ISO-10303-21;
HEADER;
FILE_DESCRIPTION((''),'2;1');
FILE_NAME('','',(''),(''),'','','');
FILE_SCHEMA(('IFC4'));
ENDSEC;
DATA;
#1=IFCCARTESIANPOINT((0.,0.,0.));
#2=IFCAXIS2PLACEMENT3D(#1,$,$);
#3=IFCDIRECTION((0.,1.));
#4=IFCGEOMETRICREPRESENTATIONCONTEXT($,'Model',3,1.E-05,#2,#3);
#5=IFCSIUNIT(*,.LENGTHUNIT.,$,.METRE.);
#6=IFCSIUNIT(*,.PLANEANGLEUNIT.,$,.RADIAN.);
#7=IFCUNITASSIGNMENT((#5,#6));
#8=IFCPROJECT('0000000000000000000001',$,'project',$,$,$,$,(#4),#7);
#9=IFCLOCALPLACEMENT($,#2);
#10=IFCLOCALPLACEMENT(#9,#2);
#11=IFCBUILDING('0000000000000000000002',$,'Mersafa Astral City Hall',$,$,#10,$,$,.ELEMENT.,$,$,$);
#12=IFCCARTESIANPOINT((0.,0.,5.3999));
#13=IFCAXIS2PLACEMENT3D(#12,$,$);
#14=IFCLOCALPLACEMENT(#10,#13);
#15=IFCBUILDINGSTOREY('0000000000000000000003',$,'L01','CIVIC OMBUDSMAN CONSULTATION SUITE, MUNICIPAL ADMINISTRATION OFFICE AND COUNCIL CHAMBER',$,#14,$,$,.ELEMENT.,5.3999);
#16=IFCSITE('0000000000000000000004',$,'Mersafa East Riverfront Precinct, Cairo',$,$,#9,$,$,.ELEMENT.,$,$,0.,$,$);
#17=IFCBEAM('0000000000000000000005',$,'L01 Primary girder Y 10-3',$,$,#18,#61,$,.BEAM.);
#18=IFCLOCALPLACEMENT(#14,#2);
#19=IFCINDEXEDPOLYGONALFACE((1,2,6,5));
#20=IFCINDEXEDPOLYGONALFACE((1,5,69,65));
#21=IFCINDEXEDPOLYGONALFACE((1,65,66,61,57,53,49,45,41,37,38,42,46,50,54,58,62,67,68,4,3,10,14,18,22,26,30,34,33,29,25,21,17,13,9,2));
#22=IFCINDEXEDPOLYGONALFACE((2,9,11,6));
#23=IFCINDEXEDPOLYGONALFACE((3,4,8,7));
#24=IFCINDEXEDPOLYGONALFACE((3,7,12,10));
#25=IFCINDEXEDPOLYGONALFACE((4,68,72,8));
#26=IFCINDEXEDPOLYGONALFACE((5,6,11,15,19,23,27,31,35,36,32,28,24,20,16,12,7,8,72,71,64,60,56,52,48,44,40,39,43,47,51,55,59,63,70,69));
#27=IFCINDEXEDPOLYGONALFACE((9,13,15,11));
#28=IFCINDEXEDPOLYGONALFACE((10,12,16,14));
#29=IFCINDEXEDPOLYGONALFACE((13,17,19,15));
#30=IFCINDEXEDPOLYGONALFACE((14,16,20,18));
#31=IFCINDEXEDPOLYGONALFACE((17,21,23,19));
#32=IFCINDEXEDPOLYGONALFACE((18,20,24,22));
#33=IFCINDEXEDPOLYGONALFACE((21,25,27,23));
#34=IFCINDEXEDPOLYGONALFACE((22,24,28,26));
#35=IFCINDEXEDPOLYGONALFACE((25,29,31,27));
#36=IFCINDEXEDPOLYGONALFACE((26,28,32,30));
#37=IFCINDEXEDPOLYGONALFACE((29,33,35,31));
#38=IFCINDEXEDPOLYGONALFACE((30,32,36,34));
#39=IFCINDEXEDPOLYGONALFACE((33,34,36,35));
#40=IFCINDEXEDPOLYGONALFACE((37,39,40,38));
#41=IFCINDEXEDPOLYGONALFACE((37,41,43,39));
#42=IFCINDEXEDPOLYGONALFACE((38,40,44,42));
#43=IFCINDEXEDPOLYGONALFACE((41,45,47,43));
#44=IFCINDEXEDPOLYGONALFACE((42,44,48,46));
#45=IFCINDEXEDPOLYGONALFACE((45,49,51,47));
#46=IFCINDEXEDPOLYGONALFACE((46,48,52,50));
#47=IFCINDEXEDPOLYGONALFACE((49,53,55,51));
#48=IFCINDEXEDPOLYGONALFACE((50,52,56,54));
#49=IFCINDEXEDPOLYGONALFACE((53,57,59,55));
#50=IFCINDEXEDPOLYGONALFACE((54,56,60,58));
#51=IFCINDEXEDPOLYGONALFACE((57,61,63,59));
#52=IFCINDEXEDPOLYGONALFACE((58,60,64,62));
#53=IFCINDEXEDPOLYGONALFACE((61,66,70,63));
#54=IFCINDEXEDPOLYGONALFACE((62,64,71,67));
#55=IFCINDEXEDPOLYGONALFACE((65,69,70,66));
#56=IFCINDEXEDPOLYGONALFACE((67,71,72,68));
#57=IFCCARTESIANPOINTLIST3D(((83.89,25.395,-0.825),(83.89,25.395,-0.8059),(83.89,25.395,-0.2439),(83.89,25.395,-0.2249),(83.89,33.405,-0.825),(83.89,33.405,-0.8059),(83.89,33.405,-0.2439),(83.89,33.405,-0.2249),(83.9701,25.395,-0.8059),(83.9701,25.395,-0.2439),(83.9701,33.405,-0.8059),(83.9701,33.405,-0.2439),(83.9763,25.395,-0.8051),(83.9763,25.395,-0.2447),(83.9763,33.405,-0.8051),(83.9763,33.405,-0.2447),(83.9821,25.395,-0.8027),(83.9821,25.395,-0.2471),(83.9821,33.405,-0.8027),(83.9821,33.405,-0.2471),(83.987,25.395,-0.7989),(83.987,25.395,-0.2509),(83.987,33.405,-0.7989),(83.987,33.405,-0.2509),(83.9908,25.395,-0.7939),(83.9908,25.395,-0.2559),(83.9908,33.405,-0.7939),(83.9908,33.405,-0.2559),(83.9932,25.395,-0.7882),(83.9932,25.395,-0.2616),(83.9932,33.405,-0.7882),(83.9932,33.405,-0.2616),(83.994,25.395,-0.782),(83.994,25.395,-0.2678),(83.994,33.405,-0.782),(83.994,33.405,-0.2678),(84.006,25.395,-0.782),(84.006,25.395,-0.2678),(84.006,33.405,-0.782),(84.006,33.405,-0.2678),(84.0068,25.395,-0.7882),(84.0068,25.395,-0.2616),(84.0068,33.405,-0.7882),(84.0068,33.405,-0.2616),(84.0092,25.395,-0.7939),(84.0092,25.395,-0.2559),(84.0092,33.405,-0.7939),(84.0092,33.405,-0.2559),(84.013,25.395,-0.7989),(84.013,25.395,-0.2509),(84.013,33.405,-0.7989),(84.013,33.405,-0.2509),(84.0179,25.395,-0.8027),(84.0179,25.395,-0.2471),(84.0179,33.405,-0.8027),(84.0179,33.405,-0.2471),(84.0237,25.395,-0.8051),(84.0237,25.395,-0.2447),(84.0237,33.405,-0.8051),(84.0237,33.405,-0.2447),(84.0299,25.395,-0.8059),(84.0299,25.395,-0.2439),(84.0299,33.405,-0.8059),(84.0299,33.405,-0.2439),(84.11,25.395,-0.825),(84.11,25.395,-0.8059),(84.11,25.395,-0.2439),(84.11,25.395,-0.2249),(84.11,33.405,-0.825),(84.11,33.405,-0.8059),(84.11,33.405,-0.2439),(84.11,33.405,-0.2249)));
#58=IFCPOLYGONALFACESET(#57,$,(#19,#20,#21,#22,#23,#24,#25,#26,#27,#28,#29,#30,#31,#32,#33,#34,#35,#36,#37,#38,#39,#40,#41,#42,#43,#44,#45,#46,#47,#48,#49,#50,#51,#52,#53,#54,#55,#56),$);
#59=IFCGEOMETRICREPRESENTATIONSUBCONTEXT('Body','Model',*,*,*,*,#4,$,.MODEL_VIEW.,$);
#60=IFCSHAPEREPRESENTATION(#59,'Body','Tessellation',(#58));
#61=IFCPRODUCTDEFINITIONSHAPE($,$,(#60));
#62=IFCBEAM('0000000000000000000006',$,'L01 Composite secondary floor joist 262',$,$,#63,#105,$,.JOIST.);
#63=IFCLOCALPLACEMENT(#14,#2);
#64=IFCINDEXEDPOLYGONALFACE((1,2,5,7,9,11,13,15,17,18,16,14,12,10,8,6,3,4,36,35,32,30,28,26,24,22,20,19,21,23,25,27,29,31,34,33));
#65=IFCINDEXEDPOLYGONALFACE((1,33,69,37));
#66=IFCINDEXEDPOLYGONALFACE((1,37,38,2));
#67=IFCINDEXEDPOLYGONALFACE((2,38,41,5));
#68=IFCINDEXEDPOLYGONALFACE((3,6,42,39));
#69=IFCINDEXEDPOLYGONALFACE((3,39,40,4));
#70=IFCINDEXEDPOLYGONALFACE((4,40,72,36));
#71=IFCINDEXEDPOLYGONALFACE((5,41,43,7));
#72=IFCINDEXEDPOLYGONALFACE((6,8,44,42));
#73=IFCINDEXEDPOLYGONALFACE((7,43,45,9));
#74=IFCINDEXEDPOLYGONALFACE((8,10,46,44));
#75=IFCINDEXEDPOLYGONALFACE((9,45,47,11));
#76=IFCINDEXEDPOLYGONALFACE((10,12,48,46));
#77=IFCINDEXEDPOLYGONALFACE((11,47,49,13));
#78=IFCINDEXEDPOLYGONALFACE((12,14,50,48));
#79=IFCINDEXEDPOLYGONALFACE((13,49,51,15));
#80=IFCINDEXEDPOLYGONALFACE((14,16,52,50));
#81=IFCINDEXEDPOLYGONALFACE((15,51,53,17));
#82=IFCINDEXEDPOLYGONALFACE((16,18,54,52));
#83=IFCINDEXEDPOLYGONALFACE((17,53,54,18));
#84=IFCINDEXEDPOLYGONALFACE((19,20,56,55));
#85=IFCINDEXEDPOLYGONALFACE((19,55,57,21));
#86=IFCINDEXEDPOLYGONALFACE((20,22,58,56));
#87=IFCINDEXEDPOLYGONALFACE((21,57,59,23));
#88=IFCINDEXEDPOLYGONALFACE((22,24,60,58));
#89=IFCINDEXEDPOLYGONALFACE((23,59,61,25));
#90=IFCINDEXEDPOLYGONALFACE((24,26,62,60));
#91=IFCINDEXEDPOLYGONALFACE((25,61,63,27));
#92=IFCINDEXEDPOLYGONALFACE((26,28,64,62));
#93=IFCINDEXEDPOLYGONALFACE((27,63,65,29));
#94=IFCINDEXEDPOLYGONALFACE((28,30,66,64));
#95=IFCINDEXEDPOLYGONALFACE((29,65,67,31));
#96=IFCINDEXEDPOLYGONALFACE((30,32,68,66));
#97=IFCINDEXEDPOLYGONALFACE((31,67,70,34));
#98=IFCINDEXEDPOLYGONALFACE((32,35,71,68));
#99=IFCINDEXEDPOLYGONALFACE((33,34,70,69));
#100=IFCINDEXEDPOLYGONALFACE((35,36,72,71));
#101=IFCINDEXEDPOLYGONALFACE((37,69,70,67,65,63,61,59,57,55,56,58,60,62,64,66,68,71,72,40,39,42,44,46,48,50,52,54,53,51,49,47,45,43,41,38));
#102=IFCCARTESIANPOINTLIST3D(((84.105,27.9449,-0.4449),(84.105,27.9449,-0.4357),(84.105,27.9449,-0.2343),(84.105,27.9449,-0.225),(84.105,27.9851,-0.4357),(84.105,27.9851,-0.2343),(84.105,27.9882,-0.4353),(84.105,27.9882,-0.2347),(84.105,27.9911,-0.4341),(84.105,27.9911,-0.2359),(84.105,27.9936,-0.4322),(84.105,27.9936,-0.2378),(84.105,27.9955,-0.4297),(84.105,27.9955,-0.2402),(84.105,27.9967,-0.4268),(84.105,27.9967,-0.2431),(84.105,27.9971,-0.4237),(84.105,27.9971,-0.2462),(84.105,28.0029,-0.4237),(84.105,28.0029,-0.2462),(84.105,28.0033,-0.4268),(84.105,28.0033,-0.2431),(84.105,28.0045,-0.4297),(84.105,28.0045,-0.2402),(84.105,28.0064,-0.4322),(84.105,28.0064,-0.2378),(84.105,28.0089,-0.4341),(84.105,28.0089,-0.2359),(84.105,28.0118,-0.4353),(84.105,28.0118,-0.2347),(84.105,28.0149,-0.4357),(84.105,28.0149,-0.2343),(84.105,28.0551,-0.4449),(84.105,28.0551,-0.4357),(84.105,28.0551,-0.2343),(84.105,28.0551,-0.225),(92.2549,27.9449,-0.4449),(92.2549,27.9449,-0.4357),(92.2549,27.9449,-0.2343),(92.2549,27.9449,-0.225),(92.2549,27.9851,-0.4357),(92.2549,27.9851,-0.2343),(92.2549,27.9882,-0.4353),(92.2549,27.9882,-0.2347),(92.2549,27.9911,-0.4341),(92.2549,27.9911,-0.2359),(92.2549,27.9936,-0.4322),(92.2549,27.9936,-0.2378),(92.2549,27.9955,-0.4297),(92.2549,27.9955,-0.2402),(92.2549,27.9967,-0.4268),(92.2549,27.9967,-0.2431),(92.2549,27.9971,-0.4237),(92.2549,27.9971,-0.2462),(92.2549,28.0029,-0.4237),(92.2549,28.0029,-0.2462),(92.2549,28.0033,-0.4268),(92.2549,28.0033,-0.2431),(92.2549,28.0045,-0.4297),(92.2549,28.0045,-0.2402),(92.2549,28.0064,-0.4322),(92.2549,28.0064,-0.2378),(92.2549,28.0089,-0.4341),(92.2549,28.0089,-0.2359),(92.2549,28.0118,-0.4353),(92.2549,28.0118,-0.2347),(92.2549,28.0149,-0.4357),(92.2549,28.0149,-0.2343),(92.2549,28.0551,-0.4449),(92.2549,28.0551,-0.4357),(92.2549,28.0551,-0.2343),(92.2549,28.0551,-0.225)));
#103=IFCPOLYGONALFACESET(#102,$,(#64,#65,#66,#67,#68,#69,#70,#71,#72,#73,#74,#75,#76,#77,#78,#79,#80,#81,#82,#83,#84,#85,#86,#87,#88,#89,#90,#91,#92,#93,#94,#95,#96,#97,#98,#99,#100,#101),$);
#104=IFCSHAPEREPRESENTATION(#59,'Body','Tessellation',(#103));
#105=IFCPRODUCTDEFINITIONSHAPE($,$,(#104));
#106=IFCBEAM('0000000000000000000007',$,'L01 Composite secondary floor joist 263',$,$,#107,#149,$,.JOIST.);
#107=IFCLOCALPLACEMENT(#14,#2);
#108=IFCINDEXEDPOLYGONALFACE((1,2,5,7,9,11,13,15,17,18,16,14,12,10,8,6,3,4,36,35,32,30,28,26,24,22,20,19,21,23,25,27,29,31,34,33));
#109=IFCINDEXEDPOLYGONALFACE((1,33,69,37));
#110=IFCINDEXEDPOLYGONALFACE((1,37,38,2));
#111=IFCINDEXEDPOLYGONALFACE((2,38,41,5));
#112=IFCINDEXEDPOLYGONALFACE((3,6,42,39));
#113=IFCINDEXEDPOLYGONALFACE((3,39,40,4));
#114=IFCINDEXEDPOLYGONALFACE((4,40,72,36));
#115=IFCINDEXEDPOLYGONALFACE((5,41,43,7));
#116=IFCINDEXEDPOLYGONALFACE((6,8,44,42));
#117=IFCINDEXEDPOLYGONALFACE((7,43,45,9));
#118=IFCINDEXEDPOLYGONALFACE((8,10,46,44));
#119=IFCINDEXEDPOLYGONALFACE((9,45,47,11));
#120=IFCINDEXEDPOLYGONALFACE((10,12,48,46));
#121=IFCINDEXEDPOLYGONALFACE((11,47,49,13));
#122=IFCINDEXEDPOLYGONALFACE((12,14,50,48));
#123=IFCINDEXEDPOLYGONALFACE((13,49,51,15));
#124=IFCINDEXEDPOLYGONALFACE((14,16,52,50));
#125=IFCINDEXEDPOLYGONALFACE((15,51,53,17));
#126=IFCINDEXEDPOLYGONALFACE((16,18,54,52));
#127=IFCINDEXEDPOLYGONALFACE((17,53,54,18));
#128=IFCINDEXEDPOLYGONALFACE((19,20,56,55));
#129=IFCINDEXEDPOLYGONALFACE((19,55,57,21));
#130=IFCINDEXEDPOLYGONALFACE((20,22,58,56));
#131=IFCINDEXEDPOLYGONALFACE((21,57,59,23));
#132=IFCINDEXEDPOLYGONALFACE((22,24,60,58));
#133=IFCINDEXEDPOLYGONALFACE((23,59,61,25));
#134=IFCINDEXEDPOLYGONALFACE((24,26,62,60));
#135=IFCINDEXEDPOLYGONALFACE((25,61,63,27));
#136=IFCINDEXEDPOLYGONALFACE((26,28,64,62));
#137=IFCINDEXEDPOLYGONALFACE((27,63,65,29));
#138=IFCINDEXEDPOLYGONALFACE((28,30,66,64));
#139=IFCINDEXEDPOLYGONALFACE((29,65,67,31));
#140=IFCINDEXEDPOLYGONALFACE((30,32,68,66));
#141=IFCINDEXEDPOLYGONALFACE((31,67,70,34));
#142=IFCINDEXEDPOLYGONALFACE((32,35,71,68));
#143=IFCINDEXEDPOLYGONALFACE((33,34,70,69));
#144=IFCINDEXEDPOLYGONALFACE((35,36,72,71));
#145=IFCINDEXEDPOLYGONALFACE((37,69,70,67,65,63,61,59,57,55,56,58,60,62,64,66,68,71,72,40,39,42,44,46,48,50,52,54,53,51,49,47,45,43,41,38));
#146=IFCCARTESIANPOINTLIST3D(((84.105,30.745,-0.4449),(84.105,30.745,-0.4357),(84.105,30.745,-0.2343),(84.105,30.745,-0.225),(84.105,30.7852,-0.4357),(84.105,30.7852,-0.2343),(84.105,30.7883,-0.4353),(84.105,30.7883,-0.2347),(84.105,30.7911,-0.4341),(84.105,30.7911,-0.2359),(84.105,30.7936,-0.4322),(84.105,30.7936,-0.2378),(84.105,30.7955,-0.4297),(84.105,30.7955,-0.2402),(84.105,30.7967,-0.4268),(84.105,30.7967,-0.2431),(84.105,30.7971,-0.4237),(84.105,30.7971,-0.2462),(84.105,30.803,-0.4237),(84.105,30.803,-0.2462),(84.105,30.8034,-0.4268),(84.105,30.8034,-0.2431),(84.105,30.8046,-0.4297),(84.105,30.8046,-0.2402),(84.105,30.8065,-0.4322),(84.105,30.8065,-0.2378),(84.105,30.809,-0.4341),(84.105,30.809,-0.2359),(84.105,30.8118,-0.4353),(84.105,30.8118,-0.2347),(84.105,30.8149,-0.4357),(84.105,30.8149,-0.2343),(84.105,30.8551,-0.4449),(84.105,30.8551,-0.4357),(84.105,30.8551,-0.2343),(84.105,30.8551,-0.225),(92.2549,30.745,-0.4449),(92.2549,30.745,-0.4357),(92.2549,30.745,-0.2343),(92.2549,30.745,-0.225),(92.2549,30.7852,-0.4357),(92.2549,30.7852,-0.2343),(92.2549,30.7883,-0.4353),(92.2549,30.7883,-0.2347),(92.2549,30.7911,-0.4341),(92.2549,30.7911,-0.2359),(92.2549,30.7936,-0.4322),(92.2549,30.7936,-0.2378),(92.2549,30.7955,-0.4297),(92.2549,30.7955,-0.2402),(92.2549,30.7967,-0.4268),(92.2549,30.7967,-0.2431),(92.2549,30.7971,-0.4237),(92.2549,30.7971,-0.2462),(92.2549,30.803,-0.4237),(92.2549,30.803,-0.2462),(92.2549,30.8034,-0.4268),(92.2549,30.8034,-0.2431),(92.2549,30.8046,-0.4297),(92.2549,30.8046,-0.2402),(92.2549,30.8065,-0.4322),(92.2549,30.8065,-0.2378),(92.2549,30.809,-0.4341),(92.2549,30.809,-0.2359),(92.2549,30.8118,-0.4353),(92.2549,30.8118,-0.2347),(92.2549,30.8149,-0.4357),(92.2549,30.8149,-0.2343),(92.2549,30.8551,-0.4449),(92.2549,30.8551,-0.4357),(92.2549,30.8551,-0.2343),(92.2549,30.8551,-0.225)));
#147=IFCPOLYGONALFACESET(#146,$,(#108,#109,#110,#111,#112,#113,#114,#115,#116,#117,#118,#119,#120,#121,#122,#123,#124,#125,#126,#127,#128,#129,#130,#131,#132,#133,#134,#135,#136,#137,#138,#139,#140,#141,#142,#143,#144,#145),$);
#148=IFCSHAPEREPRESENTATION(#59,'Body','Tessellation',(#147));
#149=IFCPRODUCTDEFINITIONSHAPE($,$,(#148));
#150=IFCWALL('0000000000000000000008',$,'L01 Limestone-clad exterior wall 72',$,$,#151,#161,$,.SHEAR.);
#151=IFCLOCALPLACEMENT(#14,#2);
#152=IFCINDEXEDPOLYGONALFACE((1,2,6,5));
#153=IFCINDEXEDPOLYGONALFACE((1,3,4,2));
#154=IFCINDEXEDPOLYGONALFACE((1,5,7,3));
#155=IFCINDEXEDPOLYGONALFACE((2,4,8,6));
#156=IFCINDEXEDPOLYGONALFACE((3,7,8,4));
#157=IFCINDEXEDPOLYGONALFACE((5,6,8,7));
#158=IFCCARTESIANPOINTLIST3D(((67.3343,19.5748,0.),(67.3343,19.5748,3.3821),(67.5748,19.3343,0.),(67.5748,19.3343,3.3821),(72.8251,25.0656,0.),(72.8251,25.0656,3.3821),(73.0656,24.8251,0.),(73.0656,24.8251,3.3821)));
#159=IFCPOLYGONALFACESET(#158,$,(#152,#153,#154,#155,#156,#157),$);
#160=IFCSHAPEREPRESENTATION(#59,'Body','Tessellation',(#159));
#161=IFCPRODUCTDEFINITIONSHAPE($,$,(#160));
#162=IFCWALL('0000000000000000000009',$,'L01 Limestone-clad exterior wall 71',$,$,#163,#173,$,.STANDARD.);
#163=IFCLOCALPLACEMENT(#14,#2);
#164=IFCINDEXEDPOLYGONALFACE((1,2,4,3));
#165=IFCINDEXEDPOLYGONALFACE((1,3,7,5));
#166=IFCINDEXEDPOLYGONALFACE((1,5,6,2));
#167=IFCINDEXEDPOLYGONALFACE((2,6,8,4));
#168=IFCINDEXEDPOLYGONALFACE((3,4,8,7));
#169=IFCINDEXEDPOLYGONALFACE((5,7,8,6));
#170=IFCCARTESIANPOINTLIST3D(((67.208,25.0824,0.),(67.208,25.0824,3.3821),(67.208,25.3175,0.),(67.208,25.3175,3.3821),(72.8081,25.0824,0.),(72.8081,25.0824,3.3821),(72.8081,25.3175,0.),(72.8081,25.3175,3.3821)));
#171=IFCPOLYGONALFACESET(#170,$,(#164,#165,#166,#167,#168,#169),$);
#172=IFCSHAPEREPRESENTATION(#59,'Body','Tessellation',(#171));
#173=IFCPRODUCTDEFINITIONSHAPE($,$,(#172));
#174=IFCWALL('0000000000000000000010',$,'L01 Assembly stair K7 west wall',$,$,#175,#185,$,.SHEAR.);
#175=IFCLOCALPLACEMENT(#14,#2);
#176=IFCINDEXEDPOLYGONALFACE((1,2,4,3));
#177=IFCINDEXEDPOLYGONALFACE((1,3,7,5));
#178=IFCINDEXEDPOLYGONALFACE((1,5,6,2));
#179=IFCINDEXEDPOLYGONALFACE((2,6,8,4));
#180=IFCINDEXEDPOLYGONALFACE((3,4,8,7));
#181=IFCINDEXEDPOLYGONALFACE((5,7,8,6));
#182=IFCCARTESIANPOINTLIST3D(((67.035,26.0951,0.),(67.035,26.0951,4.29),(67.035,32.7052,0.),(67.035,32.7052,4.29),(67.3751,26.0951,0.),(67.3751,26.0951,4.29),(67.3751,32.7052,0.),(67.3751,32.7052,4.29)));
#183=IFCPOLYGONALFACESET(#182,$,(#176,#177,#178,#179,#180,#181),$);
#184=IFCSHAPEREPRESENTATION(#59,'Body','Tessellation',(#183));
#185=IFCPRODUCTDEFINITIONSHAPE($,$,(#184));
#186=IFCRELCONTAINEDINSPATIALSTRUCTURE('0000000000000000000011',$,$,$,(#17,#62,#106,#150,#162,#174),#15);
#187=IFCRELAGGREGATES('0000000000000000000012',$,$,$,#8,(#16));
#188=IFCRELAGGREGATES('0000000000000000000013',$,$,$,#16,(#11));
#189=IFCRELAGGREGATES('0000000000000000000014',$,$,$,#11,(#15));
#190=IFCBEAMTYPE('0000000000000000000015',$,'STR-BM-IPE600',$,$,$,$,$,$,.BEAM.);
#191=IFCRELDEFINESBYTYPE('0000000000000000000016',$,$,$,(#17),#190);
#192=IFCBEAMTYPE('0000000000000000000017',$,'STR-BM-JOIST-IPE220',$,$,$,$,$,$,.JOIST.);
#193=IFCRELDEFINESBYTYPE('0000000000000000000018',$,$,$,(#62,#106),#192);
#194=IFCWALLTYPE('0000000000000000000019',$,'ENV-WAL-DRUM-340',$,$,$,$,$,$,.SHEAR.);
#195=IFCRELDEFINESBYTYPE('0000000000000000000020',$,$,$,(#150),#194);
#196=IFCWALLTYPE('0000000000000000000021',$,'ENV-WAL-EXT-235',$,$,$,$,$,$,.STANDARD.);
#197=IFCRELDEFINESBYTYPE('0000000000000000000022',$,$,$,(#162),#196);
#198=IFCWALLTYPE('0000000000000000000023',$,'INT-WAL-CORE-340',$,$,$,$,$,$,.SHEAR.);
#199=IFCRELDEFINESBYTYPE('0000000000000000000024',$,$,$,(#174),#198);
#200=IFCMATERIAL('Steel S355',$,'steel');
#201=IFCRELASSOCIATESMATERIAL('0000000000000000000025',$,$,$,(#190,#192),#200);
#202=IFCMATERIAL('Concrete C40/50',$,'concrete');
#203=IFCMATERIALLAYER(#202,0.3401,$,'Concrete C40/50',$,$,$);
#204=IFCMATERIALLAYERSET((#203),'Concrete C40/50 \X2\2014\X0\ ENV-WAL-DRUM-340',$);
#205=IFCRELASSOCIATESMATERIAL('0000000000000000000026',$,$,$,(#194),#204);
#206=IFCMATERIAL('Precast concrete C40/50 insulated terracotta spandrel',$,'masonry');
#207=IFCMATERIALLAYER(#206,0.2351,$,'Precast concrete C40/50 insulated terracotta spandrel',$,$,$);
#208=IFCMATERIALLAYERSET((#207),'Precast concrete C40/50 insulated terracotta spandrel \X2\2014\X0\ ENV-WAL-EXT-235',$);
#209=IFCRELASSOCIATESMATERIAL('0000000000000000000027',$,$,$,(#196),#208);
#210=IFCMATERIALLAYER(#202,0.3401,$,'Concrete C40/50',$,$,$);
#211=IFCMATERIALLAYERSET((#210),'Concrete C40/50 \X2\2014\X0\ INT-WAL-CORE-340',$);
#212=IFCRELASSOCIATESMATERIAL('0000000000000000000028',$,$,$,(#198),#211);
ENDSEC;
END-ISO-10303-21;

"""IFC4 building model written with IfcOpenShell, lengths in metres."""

from ifc_helpers import new_model, si_unit, direction, frame, frame_2d, origin, origin_2d, place, context, subcontext, project, spatial, rectangle, i_section, extrude, material, layer, layer_set, material_profile, profile_set, type_object, element, save


model = new_model("IFC4")

# Units and contexts
model_context = context("Model", 3, precision=1e-05, world=origin(), true_north=direction((0.0, 1.0)))
body_context = subcontext(model_context, "Body", "Model", "MODEL_VIEW")
ifc_project = project(units=[si_unit("LENGTHUNIT", "METRE"), si_unit("PLANEANGLEUNIT", "RADIAN")], contexts=[model_context])

# Site, building, storey
site_placement = place(None, origin())
site = spatial("IfcSite", under=ifc_project, at=site_placement, Name="Mersafa East Riverfront Precinct, Cairo", CompositionType="ELEMENT", RefElevation=0.0)
building_placement = place(site_placement, origin())
building = spatial("IfcBuilding", under=site, at=building_placement, Name="Mersafa Astral City Hall", CompositionType="ELEMENT")
storey_placement = place(building_placement, frame((0.0, 0.0, 5.3999)))
storey = spatial("IfcBuildingStorey", under=building, at=storey_placement, Name="L01", Description="CIVIC OMBUDSMAN CONSULTATION SUITE, MUNICIPAL ADMINISTRATION OFFICE AND COUNCIL CHAMBER", CompositionType="ELEMENT", Elevation=5.3999)

# Shared definitions
ifc_material_1 = material(Name="Steel S355", Category="steel")
ifc_material_2 = material(Name="Concrete C40/50", Category="concrete")

# Beams
ifc_material_profile_1 = material_profile(ifc_material_1, i_section(OverallWidth=0.22, OverallDepth=0.6001, WebThickness=0.012, FlangeThickness=0.019, FilletRadius=0.0239, at=origin_2d()), Name="IPE 600")
ifc_profile_set_1 = profile_set([ifc_material_profile_1], Name="Steel S355")
beam_type_1 = type_object("IfcBeamType", Name="STR-BM-IPE600", PredefinedType="BEAM", material=ifc_profile_set_1)
beam_1_placement = place(storey_placement, frame((84.0, 25.395, -0.5249), z_axis=(0.0, 1.0, 0.0), x_axis=(-1.0, 0.0, 0.0)))
element("IfcBeam", 1, at=beam_1_placement, inside=storey, type_object=beam_type_1, Name="L01 Primary girder Y 10-3", PredefinedType="BEAM", context=body_context, shape_type="SweptSolid", body=[
    extrude(i_section(OverallWidth=0.22, OverallDepth=0.6001, WebThickness=0.012, FlangeThickness=0.019, FilletRadius=0.0239, at=origin_2d()), origin(), (0.0, 0.0, 1.0), 8.01),
])
ifc_material_profile_2 = material_profile(ifc_material_1, i_section(OverallWidth=0.1101, OverallDepth=0.22, WebThickness=0.0059, FlangeThickness=0.0093, FilletRadius=0.012, at=origin_2d()), Name="IPE 220")
ifc_profile_set_2 = profile_set([ifc_material_profile_2], Name="Steel S355")
beam_type_2 = type_object("IfcBeamType", Name="STR-BM-JOIST-IPE220", PredefinedType="JOIST", material=ifc_profile_set_2)
for number, where, z_axis, x_axis, name in (
    (2, (84.105, 28.0, -0.335), (1.0, 0.0, 0.0), (0.0, 1.0, 0.0), "L01 Composite secondary floor joist 262"),
    (3, (84.105, 30.8, -0.335), (1.0, 0.0, 0.0), (0.0, 1.0, 0.0), "L01 Composite secondary floor joist 263"),
):
    element("IfcBeam", number, at=place(storey_placement, frame(where, z_axis=z_axis, x_axis=x_axis)), inside=storey, type_object=beam_type_2, Name=name, PredefinedType="JOIST", context=body_context, shape_type="SweptSolid", body=[
        extrude(i_section(OverallWidth=0.1101, OverallDepth=0.22, WebThickness=0.0059, FlangeThickness=0.0093, FilletRadius=0.012, at=origin_2d()), origin(), (0.0, 0.0, 1.0), 8.1499),
    ])

# Walls
ifc_layer_1 = layer(ifc_material_2, 0.3401, Name="Concrete C40/50")
ifc_layer_set_1 = layer_set([ifc_layer_1], Name="Concrete C40/50 — ENV-WAL-DRUM-340")
wall_type_1 = type_object("IfcWallType", Name="ENV-WAL-DRUM-340", PredefinedType="SHEAR", material=ifc_layer_set_1)
wall_1_placement = place(storey_placement, frame((72.9453, 24.9453, 0.0), z_axis=(0.0, 0.0, 1.0), x_axis=(-0.707107, -0.707107, 0.0)))
element("IfcWall", 4, at=wall_1_placement, inside=storey, type_object=wall_type_1, Name="L01 Limestone-clad exterior wall 72", PredefinedType="SHEAR", context=body_context, shape_type="SweptSolid", body=[
    extrude(rectangle(XDim=7.7651, YDim=0.3401, at=frame_2d((3.8826, 0.0))), origin(), (0.0, 0.0, 1.0), 3.3821),
])
ifc_material_3 = material(Name="Precast concrete C40/50 insulated terracotta spandrel", Category="masonry")
ifc_layer_2 = layer(ifc_material_3, 0.2351, Name="Precast concrete C40/50 insulated terracotta spandrel")
ifc_layer_set_2 = layer_set([ifc_layer_2], Name="Precast concrete C40/50 insulated terracotta spandrel — ENV-WAL-EXT-235")
wall_type_2 = type_object("IfcWallType", Name="ENV-WAL-EXT-235", PredefinedType="STANDARD", material=ifc_layer_set_2)
wall_2_placement = place(storey_placement, frame((67.208, 25.2, 0.0), z_axis=(0.0, 0.0, 1.0), x_axis=(1.0, 0.0, 0.0)))
element("IfcWall", 5, at=wall_2_placement, inside=storey, type_object=wall_type_2, Name="L01 Limestone-clad exterior wall 71", PredefinedType="STANDARD", context=body_context, shape_type="SweptSolid", body=[
    extrude(rectangle(XDim=5.6001, YDim=0.2351, at=frame_2d((2.8, 0.0))), origin(), (0.0, 0.0, 1.0), 3.3821),
])
ifc_layer_3 = layer(ifc_material_2, 0.3401, Name="Concrete C40/50")
ifc_layer_set_3 = layer_set([ifc_layer_3], Name="Concrete C40/50 — INT-WAL-CORE-340")
wall_type_3 = type_object("IfcWallType", Name="INT-WAL-CORE-340", PredefinedType="SHEAR", material=ifc_layer_set_3)
wall_3_placement = place(storey_placement, frame((67.2051, 26.095, 0.0), z_axis=(0.0, 0.0, 1.0), x_axis=(0.0, 1.0, 0.0)))
element("IfcWall", 6, at=wall_3_placement, inside=storey, type_object=wall_type_3, Name="L01 Assembly stair K7 west wall", PredefinedType="SHEAR", context=body_context, shape_type="SweptSolid", body=[
    extrude(rectangle(XDim=6.6101, YDim=0.3401, at=frame_2d((3.3052, 0.0))), origin(), (0.0, 0.0, 1.0), 4.29),
])

save(model, "model.ifc")
